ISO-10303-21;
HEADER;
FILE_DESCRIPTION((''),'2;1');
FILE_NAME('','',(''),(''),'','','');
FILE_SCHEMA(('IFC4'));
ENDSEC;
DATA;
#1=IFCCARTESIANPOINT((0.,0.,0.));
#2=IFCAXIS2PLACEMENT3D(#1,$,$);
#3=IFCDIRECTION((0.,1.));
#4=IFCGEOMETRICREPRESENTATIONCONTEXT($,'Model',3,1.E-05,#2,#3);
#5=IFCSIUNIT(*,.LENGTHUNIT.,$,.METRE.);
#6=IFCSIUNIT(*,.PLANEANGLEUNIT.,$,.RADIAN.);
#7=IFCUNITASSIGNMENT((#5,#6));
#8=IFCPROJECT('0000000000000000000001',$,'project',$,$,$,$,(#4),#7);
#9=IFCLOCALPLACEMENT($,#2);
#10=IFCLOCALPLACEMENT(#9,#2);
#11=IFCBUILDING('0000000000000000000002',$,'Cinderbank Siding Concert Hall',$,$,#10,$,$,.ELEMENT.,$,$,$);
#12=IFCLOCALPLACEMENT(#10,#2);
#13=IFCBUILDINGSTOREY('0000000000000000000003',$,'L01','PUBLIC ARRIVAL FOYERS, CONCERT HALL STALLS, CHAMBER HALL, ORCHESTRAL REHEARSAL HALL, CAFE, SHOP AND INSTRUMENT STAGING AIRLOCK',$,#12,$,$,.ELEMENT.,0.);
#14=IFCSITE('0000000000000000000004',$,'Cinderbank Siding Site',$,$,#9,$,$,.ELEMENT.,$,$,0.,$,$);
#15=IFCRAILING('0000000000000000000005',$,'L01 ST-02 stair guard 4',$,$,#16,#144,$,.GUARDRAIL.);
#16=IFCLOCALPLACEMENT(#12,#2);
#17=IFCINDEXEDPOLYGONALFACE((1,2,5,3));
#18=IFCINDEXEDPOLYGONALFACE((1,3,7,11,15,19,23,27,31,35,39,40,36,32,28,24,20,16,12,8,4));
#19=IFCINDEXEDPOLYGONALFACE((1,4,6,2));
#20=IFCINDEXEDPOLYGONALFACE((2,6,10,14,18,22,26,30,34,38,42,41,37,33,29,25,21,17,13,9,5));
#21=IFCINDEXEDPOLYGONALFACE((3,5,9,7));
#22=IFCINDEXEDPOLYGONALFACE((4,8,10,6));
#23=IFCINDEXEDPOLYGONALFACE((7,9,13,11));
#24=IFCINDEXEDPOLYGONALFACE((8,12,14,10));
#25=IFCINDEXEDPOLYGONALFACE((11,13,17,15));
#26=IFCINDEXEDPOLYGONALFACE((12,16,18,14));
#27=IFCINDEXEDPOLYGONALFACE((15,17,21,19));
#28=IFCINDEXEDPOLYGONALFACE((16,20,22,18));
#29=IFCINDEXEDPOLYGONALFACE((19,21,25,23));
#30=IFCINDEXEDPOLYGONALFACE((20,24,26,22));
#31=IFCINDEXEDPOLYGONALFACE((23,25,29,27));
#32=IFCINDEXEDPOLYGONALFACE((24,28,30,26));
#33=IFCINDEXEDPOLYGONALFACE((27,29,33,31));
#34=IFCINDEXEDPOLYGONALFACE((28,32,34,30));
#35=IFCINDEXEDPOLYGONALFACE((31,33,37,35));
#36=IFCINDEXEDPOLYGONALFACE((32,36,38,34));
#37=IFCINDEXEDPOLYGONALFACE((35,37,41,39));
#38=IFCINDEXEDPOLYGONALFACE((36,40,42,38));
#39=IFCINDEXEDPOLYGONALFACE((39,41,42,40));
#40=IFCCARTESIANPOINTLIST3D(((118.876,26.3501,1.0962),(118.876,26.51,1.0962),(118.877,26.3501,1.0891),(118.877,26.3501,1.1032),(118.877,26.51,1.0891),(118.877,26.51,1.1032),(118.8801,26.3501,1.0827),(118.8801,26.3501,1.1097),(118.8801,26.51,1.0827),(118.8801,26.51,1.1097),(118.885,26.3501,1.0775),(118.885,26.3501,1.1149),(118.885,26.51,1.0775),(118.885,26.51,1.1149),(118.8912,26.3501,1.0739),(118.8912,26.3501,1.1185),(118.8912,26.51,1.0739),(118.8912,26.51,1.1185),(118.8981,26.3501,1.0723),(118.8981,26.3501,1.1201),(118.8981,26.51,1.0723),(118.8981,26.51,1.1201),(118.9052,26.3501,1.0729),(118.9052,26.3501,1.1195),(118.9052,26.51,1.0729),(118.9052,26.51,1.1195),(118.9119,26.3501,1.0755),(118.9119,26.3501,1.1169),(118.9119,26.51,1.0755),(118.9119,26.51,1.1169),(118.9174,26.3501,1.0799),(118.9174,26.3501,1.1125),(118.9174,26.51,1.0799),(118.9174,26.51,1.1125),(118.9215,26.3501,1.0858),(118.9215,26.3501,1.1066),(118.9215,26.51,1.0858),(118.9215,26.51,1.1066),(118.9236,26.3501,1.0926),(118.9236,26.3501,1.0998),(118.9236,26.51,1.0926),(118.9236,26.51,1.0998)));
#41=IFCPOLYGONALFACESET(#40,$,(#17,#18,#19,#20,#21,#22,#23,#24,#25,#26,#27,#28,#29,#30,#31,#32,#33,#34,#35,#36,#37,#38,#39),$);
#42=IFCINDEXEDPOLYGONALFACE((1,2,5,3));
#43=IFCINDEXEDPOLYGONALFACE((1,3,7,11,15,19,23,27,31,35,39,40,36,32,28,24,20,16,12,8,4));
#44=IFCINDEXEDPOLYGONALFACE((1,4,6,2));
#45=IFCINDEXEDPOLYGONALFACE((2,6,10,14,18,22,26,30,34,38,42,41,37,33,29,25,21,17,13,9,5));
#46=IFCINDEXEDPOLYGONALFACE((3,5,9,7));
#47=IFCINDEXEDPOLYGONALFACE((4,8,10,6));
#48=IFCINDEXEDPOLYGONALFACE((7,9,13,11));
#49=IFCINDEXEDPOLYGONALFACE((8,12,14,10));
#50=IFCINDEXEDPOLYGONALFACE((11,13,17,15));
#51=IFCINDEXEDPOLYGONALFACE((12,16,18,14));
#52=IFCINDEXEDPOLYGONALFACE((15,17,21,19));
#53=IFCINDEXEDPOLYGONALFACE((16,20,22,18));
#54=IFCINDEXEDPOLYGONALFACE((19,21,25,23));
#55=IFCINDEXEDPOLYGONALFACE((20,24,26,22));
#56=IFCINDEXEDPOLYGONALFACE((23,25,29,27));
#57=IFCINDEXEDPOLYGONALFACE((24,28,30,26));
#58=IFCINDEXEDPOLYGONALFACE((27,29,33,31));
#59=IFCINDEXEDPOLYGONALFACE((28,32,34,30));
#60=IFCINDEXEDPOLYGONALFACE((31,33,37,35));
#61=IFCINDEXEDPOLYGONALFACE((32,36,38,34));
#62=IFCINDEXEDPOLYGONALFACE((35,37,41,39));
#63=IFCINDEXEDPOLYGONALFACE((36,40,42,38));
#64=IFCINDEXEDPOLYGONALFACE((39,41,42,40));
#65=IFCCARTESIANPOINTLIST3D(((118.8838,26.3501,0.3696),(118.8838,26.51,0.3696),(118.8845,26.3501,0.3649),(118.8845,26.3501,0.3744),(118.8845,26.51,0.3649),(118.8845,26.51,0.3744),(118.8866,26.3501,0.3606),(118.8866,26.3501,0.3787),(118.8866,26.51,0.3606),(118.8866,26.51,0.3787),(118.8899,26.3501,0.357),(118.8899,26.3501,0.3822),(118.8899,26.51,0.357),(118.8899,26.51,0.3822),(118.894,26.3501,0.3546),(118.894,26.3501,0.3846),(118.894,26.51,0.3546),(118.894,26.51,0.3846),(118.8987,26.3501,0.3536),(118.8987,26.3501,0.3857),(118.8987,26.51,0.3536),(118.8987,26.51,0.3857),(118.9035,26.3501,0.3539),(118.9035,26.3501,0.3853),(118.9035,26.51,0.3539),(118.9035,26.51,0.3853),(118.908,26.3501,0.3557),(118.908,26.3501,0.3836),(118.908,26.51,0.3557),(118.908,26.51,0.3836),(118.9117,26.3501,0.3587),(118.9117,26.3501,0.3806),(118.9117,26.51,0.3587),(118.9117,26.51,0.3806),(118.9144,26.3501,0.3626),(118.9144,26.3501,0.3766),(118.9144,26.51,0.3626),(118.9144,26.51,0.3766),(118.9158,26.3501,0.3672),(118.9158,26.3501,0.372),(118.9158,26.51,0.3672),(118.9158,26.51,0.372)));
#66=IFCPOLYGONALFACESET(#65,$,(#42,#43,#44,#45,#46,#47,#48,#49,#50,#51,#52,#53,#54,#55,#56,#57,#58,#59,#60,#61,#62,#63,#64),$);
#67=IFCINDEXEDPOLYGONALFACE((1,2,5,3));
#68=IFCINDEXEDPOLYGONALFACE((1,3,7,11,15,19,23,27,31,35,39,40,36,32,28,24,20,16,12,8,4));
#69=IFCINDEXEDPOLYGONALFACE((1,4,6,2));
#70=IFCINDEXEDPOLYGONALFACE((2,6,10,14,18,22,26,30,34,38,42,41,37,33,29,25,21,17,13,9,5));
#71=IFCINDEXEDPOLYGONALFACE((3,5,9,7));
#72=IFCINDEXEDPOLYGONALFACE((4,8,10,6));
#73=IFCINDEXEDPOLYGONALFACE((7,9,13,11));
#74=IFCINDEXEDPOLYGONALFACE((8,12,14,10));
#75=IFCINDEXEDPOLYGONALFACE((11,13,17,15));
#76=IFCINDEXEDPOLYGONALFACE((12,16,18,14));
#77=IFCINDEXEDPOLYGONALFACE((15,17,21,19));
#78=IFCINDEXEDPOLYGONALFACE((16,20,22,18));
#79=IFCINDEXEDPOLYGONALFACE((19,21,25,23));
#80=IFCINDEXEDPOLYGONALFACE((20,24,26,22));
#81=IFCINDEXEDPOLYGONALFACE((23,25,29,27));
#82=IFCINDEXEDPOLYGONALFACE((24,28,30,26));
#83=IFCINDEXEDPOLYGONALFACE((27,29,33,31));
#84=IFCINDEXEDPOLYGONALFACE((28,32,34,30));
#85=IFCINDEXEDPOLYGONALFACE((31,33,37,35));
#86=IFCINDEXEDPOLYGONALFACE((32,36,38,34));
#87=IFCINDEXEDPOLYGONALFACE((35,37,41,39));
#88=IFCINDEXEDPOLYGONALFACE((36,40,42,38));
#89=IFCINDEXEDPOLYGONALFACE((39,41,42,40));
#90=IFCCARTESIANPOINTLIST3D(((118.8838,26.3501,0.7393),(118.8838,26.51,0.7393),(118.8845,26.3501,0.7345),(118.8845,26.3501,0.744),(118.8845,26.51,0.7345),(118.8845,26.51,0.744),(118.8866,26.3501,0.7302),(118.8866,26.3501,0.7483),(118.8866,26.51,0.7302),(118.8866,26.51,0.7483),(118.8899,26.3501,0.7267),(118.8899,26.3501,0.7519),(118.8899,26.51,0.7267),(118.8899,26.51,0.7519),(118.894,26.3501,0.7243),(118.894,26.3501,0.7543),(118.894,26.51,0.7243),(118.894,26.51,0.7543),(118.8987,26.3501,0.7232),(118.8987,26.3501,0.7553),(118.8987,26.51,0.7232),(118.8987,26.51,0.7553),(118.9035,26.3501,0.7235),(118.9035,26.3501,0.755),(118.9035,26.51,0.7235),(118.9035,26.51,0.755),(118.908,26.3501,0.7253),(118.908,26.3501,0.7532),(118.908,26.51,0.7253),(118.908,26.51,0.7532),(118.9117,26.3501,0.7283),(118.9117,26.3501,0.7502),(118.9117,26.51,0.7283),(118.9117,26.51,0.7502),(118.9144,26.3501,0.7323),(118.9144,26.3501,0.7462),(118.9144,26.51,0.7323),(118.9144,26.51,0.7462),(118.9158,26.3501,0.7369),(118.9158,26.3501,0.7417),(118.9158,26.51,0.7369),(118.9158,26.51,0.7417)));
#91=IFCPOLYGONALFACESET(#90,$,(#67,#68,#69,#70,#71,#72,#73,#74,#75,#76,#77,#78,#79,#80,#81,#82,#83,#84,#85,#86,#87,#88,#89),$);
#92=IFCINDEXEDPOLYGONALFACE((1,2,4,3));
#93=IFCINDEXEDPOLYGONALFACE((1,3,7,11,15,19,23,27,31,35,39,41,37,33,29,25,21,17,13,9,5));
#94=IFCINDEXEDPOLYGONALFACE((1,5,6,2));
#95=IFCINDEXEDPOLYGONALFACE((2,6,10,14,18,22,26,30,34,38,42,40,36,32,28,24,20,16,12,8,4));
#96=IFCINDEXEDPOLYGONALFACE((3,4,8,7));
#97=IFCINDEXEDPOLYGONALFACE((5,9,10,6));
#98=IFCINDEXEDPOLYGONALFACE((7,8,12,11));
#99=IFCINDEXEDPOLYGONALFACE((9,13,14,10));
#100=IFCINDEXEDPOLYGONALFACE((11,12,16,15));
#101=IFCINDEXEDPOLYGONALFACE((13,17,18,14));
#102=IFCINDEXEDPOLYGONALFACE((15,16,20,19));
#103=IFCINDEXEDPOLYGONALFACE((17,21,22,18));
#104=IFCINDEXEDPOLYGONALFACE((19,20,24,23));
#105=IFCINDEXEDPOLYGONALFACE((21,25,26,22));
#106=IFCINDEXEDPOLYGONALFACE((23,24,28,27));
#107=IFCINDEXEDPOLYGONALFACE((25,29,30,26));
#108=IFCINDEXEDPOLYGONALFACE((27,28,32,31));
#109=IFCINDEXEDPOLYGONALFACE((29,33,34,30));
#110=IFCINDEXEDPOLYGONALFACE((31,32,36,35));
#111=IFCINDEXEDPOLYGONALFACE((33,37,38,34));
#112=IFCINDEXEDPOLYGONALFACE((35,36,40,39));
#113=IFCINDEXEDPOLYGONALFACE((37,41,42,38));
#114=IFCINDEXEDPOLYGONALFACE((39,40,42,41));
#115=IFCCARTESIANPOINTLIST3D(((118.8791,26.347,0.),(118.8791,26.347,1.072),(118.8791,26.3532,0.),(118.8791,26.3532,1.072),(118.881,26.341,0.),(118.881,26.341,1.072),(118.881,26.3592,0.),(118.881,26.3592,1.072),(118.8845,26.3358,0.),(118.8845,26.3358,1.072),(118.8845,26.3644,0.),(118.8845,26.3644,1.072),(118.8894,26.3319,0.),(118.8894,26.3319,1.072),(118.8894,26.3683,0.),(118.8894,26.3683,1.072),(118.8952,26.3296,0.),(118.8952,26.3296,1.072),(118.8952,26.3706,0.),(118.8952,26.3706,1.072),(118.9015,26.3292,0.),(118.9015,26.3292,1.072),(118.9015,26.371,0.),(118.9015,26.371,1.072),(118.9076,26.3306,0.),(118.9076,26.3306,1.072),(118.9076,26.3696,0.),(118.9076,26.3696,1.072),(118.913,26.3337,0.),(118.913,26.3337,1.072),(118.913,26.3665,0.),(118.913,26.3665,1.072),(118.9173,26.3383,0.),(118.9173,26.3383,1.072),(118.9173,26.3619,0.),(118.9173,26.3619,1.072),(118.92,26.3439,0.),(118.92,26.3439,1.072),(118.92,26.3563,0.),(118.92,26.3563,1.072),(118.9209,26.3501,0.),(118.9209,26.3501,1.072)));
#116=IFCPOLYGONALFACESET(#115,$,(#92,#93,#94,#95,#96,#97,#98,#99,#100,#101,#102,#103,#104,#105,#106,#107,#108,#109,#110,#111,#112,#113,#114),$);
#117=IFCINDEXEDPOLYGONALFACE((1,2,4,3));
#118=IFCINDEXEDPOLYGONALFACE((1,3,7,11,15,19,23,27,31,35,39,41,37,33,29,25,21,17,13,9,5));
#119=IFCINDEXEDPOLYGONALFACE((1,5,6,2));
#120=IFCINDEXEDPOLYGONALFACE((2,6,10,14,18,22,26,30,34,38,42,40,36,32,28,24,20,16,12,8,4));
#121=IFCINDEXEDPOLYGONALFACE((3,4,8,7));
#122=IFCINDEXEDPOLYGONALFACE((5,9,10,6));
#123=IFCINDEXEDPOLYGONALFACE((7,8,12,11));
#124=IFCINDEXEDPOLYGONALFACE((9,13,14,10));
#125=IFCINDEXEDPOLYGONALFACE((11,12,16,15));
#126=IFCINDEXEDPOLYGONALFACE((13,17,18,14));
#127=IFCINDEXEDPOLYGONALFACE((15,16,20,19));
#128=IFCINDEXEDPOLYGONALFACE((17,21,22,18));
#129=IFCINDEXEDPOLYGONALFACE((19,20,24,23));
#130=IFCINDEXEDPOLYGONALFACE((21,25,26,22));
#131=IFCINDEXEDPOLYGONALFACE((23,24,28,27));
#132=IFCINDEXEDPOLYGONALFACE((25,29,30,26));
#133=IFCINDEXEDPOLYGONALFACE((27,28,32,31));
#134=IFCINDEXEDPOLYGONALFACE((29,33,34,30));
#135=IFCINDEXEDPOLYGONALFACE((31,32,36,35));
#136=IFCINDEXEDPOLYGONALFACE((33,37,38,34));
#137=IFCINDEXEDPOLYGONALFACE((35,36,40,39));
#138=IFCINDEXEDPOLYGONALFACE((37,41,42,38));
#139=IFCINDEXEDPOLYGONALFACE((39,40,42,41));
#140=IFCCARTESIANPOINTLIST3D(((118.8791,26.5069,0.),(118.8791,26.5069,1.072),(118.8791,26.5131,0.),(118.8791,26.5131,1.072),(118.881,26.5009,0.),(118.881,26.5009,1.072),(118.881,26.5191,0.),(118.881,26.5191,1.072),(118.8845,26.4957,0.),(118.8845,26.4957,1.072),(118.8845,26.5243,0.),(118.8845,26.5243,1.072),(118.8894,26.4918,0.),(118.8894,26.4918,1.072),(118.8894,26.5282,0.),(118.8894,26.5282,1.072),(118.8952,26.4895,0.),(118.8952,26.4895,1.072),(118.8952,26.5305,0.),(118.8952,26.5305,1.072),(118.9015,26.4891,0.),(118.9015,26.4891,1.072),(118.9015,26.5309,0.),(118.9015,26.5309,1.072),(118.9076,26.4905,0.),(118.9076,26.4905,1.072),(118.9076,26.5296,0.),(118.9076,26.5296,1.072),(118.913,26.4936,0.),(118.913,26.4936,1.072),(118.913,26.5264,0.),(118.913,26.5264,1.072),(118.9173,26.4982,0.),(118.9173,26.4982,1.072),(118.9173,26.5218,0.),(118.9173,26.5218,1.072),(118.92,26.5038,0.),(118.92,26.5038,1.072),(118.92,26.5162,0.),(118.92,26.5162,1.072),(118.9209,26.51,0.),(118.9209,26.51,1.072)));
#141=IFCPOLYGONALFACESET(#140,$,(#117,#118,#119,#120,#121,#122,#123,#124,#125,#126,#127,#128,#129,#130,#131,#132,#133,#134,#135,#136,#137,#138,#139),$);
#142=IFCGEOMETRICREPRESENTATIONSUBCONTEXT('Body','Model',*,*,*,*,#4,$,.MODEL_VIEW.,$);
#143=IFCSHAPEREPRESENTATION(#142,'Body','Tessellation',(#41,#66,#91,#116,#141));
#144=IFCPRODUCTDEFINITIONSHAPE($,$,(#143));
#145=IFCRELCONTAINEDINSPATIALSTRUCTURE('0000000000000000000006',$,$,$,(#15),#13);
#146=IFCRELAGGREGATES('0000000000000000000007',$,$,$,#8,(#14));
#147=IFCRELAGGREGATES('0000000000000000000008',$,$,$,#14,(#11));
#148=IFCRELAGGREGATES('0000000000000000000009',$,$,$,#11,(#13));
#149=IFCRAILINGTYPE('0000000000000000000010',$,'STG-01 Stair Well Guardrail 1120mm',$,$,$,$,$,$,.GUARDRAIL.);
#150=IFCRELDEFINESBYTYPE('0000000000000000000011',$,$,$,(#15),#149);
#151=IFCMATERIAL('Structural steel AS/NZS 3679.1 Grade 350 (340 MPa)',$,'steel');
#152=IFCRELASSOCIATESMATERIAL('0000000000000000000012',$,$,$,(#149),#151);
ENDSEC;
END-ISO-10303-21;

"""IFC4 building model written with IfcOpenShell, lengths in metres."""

from ifc_helpers import new_model, si_unit, direction, frame, origin, origin_2d, place, context, subcontext, project, spatial, circle, extrude, material, type_object, element, save


model = new_model("IFC4")

# Units and contexts
model_context = context("Model", 3, precision=1e-05, world=origin(), true_north=direction((0.0, 1.0)))
body_context = subcontext(model_context, "Body", "Model", "MODEL_VIEW")
ifc_project = project(units=[si_unit("LENGTHUNIT", "METRE"), si_unit("PLANEANGLEUNIT", "RADIAN")], contexts=[model_context])

# Site, building, storey
site_placement = place(None, origin())
site = spatial("IfcSite", under=ifc_project, at=site_placement, Name="Cinderbank Siding Site", CompositionType="ELEMENT", RefElevation=0.0)
building_placement = place(site_placement, origin())
building = spatial("IfcBuilding", under=site, at=building_placement, Name="Cinderbank Siding Concert Hall", CompositionType="ELEMENT")
storey_placement = place(building_placement, origin())
storey = spatial("IfcBuildingStorey", under=building, at=storey_placement, Name="L01", Description="PUBLIC ARRIVAL FOYERS, CONCERT HALL STALLS, CHAMBER HALL, ORCHESTRAL REHEARSAL HALL, CAFE, SHOP AND INSTRUMENT STAGING AIRLOCK", CompositionType="ELEMENT", Elevation=0.0)

# Shared definitions
ifc_material_1 = material(Name="Structural steel AS/NZS 3679.1 Grade 350 (340 MPa)", Category="steel")

# Railing
railing_type_1 = type_object("IfcRailingType", Name="STG-01 Stair Well Guardrail 1120mm", PredefinedType="GUARDRAIL", material=ifc_material_1)
railing_1_placement = place(storey_placement, frame((118.8999, 26.3501, 0.0)))
element("IfcRailing", 1, at=railing_1_placement, inside=storey, type_object=railing_type_1, Name="L01 ST-02 stair guard 4", PredefinedType="GUARDRAIL", context=body_context, shape_type="SweptSolid", body=[
    extrude(circle(Radius=0.0239, at=origin_2d()), frame((0.0, 0.0, 1.0962), z_axis=(0.0, 1.0, 0.0), x_axis=(-1.0, 0.0, 0.0)), (0.0, 0.0, 1.0), 0.1599),
    extrude(circle(Radius=0.0161, at=origin_2d()), frame((0.0, 0.0, 0.3696), z_axis=(0.0, 1.0, 0.0), x_axis=(-1.0, 0.0, 0.0)), (0.0, 0.0, 1.0), 0.1599),
    extrude(circle(Radius=0.0161, at=origin_2d()), frame((0.0, 0.0, 0.7393), z_axis=(0.0, 1.0, 0.0), x_axis=(-1.0, 0.0, 0.0)), (0.0, 0.0, 1.0), 0.1599),
    extrude(circle(Radius=0.021, at=origin_2d()), origin(), (0.0, 0.0, 1.0), 1.072),
    extrude(circle(Radius=0.021, at=origin_2d()), frame((0.0, 0.1599, 0.0)), (0.0, 0.0, 1.0), 1.072),
])

save(model, "model.ifc")
